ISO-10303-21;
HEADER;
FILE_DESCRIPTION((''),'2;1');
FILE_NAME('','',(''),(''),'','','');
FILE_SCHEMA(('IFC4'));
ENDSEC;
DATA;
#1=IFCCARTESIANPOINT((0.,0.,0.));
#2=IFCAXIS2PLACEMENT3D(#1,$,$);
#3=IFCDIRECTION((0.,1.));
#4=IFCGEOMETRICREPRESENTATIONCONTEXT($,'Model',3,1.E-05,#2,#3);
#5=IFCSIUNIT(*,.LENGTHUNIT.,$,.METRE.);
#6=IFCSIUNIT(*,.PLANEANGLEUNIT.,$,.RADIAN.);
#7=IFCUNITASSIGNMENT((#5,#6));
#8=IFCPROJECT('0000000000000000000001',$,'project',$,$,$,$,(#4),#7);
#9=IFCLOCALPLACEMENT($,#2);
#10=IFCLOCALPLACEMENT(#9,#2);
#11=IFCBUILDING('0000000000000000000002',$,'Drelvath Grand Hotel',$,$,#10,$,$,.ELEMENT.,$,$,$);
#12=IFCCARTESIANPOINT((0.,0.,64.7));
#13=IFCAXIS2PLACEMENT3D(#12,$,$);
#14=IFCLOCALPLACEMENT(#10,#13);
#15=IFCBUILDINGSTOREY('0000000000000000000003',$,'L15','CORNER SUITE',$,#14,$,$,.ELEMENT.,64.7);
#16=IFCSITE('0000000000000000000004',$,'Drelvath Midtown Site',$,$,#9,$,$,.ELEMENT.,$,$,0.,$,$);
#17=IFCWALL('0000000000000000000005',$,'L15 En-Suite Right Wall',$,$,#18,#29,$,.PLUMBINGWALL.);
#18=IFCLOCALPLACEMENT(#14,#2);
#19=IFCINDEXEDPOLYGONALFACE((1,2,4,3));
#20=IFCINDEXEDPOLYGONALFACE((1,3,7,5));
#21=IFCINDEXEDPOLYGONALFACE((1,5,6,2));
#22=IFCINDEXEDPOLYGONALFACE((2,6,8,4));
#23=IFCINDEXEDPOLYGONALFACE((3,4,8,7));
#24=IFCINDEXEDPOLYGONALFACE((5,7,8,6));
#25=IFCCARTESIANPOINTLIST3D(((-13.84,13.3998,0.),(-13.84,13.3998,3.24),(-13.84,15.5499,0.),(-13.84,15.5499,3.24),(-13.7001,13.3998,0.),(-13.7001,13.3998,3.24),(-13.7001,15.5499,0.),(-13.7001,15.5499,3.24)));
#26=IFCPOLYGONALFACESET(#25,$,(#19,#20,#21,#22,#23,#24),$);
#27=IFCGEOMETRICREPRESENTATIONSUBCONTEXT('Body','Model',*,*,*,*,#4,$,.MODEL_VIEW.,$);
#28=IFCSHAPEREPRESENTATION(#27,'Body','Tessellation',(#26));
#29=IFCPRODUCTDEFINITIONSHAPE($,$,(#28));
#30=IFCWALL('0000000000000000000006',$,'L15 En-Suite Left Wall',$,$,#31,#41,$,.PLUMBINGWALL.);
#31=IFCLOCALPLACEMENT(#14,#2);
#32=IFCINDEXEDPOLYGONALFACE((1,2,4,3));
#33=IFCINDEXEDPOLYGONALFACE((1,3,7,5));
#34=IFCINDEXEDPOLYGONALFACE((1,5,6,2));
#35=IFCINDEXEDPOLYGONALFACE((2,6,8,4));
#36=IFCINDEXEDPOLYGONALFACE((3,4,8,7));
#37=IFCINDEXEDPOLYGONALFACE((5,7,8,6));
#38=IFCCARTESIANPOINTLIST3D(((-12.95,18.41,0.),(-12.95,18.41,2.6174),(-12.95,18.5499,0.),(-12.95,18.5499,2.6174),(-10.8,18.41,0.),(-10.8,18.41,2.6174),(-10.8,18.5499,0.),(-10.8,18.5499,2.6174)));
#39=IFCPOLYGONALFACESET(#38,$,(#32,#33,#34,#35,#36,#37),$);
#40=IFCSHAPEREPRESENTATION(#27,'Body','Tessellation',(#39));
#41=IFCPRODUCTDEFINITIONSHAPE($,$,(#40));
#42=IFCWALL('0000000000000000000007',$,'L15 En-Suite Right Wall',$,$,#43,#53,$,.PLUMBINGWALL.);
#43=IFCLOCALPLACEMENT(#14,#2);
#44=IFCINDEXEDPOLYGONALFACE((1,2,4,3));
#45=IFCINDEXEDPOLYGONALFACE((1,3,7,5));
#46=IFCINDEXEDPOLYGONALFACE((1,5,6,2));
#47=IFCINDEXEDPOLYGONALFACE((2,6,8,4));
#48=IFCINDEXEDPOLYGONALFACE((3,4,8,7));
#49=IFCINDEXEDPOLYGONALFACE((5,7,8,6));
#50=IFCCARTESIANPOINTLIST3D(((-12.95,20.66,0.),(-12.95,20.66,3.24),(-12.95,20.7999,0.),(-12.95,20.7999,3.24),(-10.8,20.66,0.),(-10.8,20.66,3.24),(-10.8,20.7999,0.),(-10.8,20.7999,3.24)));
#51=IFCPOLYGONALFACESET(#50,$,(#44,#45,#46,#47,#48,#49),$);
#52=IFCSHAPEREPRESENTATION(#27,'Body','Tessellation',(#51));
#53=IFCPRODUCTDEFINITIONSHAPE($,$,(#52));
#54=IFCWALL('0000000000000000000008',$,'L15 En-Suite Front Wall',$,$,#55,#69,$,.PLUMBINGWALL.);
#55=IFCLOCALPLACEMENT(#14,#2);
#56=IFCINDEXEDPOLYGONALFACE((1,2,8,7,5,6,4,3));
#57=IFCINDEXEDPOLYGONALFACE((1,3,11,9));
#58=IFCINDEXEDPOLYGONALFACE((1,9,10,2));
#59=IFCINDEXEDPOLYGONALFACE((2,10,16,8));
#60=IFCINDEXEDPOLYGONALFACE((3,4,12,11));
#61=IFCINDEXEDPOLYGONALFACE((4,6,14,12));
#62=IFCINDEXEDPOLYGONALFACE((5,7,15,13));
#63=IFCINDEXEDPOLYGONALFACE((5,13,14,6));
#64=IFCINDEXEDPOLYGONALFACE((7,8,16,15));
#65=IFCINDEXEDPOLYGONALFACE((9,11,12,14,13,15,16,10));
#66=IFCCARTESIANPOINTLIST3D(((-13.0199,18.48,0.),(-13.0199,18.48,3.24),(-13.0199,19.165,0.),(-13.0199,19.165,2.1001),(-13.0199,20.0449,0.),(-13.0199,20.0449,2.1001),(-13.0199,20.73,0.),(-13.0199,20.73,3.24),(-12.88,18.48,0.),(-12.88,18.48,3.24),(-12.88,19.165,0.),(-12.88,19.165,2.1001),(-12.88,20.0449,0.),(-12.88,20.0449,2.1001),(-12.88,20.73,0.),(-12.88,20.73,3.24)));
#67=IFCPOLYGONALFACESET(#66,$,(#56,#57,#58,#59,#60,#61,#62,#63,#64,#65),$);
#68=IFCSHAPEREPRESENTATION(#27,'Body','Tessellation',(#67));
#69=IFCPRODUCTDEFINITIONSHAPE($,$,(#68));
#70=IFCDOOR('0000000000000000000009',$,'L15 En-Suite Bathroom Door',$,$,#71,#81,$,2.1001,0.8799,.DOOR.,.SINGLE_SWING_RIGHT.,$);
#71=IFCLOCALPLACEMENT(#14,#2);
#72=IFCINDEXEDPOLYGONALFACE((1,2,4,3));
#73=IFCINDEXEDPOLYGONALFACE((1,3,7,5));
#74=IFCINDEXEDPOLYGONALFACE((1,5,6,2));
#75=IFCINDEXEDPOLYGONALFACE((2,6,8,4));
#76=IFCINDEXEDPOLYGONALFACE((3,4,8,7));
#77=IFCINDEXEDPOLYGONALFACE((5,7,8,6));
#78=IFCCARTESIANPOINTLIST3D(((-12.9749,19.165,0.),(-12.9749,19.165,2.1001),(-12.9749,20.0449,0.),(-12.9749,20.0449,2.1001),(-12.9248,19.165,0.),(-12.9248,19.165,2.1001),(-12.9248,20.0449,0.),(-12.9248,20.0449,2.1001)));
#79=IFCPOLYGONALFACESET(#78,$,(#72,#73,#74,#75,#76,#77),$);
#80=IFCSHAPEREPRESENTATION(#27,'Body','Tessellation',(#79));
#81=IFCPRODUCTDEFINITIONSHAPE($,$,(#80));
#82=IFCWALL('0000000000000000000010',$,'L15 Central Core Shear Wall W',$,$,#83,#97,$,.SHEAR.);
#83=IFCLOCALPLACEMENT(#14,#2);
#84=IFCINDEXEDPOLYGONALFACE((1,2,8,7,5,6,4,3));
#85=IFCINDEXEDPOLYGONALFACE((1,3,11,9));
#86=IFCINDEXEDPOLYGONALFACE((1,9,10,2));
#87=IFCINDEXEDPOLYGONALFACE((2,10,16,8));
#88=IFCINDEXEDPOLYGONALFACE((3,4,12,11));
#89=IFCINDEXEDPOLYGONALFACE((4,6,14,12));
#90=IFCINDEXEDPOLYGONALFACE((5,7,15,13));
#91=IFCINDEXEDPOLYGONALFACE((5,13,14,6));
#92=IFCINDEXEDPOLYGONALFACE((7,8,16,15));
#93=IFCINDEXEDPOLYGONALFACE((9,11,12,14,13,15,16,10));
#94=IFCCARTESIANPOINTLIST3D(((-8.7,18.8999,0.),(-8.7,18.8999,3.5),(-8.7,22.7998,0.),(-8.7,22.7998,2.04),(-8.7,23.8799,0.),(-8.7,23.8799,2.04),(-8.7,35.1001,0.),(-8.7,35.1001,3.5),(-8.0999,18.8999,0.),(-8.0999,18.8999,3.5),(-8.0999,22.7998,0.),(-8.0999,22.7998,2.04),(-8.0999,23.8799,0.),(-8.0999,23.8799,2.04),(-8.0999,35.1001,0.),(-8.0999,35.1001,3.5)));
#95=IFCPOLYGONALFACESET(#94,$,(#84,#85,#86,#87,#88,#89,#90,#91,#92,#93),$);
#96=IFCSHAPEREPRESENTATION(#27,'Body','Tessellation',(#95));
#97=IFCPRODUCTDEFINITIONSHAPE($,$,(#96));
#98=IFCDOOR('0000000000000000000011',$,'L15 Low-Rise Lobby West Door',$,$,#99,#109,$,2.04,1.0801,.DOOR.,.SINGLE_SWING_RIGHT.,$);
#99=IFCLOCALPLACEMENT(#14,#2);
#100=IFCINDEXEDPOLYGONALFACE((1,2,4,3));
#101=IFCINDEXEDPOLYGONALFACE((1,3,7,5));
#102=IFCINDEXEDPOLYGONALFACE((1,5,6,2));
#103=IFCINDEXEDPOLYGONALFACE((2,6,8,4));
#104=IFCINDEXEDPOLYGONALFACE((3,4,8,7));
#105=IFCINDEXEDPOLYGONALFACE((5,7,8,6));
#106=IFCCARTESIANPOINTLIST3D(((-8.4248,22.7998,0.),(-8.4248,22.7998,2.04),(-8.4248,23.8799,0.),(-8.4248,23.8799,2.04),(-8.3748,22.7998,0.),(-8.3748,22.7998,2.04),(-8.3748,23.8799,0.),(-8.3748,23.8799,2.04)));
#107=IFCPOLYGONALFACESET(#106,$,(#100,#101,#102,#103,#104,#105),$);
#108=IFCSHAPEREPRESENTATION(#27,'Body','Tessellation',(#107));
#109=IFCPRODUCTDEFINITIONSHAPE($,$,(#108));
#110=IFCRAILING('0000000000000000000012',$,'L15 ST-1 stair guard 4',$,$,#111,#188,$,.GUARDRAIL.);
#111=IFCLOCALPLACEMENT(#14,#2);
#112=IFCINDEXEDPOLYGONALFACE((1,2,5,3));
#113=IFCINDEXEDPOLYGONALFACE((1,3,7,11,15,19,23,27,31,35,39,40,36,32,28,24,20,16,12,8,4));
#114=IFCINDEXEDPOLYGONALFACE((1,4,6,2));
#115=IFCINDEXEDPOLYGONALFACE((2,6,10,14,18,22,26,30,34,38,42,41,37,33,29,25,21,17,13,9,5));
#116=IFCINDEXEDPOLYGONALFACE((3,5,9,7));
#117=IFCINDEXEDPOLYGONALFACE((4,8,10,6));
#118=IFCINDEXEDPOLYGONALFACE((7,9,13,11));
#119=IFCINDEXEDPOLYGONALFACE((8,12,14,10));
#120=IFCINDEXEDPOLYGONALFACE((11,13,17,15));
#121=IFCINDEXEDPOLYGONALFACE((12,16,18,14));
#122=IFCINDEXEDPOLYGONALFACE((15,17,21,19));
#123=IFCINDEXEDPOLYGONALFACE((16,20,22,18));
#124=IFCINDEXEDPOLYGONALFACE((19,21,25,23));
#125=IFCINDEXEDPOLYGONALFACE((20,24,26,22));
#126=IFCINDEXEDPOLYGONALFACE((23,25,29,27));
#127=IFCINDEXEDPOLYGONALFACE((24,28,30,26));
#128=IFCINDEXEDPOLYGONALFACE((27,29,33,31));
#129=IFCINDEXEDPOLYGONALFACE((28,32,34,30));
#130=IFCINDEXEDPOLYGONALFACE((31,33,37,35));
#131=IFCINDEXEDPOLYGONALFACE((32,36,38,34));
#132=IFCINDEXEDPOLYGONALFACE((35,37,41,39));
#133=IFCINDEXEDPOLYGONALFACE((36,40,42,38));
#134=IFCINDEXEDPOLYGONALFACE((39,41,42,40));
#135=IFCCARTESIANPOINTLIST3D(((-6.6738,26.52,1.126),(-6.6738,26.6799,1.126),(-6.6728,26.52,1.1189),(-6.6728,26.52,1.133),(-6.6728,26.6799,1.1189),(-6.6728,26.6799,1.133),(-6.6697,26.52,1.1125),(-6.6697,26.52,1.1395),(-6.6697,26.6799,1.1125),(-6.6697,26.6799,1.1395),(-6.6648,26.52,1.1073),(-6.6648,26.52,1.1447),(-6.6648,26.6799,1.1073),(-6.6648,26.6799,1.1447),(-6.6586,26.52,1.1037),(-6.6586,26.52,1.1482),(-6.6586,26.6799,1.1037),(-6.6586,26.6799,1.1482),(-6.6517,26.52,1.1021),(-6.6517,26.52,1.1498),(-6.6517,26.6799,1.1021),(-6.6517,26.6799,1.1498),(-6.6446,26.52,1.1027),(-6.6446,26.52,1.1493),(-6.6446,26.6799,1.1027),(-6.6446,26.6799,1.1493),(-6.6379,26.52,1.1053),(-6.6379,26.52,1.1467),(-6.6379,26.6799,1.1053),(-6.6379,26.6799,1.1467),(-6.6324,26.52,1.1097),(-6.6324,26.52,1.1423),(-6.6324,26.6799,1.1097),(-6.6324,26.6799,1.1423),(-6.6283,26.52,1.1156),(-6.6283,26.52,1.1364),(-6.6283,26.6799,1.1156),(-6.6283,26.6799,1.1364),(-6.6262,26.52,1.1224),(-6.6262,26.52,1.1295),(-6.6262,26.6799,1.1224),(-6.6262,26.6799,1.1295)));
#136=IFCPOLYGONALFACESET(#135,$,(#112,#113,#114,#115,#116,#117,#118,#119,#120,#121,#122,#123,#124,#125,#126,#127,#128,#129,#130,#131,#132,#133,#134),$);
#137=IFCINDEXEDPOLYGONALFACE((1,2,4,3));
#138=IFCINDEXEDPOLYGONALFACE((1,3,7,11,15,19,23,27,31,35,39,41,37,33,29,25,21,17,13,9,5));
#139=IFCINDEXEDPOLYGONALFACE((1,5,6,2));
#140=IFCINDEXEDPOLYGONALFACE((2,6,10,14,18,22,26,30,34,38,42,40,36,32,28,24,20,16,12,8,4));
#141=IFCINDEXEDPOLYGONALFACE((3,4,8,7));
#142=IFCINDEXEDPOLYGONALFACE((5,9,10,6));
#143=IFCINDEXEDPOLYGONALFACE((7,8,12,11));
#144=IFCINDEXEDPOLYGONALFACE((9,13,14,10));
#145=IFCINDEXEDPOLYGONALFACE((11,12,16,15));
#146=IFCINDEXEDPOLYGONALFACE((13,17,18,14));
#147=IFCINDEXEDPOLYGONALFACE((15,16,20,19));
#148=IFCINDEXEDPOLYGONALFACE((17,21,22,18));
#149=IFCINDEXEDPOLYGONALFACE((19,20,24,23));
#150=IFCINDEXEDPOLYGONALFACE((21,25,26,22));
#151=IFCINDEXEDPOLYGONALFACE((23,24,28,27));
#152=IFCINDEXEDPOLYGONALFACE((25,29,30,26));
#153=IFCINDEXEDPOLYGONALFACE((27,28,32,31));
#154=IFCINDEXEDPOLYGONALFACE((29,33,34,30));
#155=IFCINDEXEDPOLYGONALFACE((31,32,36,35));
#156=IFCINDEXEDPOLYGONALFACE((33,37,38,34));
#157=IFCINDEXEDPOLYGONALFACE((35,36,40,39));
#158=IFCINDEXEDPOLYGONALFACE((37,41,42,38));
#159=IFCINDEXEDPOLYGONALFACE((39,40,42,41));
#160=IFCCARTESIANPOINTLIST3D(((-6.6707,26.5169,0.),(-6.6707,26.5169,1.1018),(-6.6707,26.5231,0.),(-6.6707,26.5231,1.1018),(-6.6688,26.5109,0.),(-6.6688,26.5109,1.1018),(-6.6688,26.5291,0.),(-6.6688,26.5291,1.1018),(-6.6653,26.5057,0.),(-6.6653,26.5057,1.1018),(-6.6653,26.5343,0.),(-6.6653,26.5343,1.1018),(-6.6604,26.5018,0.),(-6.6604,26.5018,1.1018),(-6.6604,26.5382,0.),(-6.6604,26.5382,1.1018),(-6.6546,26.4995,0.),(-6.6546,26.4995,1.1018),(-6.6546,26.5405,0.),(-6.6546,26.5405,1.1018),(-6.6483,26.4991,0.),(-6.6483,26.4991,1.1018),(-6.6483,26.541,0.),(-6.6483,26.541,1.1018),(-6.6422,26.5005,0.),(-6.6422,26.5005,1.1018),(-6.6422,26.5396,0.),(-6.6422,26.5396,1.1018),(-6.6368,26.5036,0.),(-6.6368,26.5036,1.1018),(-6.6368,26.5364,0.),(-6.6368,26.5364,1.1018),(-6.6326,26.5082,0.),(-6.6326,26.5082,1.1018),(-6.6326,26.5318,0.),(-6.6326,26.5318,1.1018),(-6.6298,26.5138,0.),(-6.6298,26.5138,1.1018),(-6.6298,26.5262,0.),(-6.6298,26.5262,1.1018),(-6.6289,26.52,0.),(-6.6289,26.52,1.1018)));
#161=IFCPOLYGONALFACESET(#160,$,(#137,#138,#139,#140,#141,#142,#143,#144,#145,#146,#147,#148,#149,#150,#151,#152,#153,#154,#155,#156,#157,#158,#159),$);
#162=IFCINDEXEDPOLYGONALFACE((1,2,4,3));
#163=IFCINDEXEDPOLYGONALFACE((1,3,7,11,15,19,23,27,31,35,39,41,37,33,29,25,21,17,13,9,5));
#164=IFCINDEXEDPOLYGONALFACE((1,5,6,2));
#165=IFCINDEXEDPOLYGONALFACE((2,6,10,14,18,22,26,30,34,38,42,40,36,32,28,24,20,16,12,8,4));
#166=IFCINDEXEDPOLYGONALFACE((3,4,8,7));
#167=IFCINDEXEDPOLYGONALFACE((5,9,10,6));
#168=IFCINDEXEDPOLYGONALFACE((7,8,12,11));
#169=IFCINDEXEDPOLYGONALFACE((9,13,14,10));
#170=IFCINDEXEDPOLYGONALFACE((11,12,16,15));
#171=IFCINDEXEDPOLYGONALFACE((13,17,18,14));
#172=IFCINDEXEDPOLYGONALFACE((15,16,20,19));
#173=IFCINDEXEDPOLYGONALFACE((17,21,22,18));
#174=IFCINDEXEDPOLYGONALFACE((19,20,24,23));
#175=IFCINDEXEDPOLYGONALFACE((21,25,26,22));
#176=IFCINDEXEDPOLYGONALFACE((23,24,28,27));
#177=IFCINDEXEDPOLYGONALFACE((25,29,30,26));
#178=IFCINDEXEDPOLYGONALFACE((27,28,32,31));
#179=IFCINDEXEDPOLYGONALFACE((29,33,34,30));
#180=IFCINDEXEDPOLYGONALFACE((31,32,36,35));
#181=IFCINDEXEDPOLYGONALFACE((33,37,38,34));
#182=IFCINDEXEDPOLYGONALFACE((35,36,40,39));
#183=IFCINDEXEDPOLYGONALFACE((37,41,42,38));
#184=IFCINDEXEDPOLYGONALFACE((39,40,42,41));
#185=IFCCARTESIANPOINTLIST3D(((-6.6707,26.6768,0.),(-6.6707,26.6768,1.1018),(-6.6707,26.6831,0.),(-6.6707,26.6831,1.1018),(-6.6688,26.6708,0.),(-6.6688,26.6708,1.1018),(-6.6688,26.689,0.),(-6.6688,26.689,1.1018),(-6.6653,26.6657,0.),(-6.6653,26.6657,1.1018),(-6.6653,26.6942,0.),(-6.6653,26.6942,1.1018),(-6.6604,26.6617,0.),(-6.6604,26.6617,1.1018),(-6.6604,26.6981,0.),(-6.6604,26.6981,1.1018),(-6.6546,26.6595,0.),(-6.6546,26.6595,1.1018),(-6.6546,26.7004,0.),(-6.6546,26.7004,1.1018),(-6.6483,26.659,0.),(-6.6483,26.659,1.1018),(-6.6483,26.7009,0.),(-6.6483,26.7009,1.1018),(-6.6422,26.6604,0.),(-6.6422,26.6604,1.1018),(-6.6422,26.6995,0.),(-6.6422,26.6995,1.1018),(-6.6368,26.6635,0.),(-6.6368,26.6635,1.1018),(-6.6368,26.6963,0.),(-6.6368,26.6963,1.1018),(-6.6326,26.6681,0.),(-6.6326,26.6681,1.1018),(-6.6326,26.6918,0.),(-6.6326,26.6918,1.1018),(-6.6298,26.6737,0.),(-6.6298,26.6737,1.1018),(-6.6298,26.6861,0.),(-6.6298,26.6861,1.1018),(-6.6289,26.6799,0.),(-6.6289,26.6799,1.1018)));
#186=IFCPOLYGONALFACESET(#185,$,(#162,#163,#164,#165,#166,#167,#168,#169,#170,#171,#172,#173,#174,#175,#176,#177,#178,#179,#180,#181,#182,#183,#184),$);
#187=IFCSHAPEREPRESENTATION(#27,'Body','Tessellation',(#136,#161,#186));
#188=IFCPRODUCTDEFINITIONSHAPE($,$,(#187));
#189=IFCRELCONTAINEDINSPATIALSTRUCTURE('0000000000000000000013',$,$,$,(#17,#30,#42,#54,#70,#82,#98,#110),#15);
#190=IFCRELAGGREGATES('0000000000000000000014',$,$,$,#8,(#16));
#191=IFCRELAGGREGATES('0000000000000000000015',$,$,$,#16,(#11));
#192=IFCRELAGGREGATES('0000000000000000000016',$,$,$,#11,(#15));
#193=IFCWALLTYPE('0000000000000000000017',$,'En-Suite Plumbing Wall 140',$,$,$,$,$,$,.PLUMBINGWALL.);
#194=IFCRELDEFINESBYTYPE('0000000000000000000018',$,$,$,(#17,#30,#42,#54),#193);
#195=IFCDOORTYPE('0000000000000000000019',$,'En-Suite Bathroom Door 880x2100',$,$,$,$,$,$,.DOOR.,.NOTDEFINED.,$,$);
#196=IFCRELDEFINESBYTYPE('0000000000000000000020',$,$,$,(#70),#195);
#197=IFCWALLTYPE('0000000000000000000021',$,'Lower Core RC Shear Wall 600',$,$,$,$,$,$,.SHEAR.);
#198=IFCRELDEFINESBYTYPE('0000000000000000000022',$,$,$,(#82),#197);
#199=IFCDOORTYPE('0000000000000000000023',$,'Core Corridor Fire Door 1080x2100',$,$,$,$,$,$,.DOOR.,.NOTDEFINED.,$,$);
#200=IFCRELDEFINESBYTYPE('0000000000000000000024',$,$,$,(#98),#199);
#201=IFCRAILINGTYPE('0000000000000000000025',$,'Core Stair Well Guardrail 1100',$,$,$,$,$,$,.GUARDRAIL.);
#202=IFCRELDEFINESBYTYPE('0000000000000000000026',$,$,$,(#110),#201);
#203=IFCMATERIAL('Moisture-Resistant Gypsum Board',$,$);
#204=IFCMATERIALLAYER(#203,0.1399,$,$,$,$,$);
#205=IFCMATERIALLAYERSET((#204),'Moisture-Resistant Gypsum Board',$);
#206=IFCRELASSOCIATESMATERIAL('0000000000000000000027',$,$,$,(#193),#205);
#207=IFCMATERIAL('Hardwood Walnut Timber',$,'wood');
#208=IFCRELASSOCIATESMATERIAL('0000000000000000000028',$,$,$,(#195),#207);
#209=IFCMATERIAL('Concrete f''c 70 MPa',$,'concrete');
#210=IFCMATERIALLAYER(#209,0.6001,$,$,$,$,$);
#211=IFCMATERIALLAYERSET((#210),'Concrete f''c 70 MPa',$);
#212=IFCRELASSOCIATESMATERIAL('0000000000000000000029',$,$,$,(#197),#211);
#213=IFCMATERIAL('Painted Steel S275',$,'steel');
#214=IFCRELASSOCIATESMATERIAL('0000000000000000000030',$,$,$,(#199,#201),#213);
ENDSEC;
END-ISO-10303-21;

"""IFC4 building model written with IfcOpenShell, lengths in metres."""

from ifc_helpers import new_model, si_unit, direction, frame, frame_2d, origin, origin_2d, place, context, subcontext, project, spatial, rectangle, circle, extrude, material, layer, layer_set, type_object, element, fill, save


model = new_model("IFC4")

# Units and contexts
model_context = context("Model", 3, precision=1e-05, world=origin(), true_north=direction((0.0, 1.0)))
body_context = subcontext(model_context, "Body", "Model", "MODEL_VIEW")
ifc_project = project(units=[si_unit("LENGTHUNIT", "METRE"), si_unit("PLANEANGLEUNIT", "RADIAN")], contexts=[model_context])

# Site, building, storey
site_placement = place(None, origin())
site = spatial("IfcSite", under=ifc_project, at=site_placement, Name="Drelvath Midtown Site", CompositionType="ELEMENT", RefElevation=0.0)
building_placement = place(site_placement, origin())
building = spatial("IfcBuilding", under=site, at=building_placement, Name="Drelvath Grand Hotel", CompositionType="ELEMENT")
storey_placement = place(building_placement, frame((0.0, 0.0, 64.7)))
storey = spatial("IfcBuildingStorey", under=building, at=storey_placement, Name="L15", Description="CORNER SUITE", CompositionType="ELEMENT", Elevation=64.7)

# Shared definitions
ifc_material_1 = material(Name="Concrete f'c 70 MPa", Category="concrete")

# Shared definitions
ifc_material_2 = material(Name="Painted Steel S275", Category="steel")

# Shared definitions
ifc_material_3 = material(Name="Hardwood Walnut Timber", Category="wood")

# Walls
ifc_material_4 = material(Name="Moisture-Resistant Gypsum Board")
ifc_layer_1 = layer(ifc_material_4, 0.1399)
ifc_layer_set_1 = layer_set([ifc_layer_1], Name="Moisture-Resistant Gypsum Board")
wall_type_1 = type_object("IfcWallType", Name="En-Suite Plumbing Wall 140", PredefinedType="PLUMBINGWALL", material=ifc_layer_set_1)
wall_1_placement = place(storey_placement, frame((-13.77, 15.55, 0.0), z_axis=(0.0, 0.0, 1.0), x_axis=(0.0, -1.0, 0.0)))
element("IfcWall", 1, at=wall_1_placement, inside=storey, type_object=wall_type_1, Name="L15 En-Suite Right Wall", PredefinedType="PLUMBINGWALL", context=body_context, shape_type="SweptSolid", body=[
    extrude(rectangle(XDim=2.1501, YDim=0.1399, at=frame_2d((1.0752, 0.0))), origin(), (0.0, 0.0, 1.0), 3.24),
])
wall_2_placement = place(storey_placement, frame((-10.8, 18.48, 0.0), z_axis=(0.0, 0.0, 1.0), x_axis=(-1.0, 0.0, 0.0)))
element("IfcWall", 2, at=wall_2_placement, inside=storey, type_object=wall_type_1, Name="L15 En-Suite Left Wall", PredefinedType="PLUMBINGWALL", context=body_context, shape_type="SweptSolid", body=[
    extrude(rectangle(XDim=2.1499, YDim=0.1399, at=frame_2d((1.075, 0.0))), origin(), (0.0, 0.0, 1.0), 2.6174),
])
wall_3_placement = place(storey_placement, frame((-10.8, 20.73, 0.0), z_axis=(0.0, 0.0, 1.0), x_axis=(-1.0, 0.0, 0.0)))
element("IfcWall", 3, at=wall_3_placement, inside=storey, type_object=wall_type_1, Name="L15 En-Suite Right Wall", PredefinedType="PLUMBINGWALL", context=body_context, shape_type="SweptSolid", body=[
    extrude(rectangle(XDim=2.1499, YDim=0.1399, at=frame_2d((1.075, 0.0))), origin(), (0.0, 0.0, 1.0), 3.24),
])

# Walls, openings, doors
wall_4_placement = place(storey_placement, frame((-12.95, 18.48, 0.0), z_axis=(0.0, 0.0, 1.0), x_axis=(0.0, 1.0, 0.0)))
wall_4 = element("IfcWall", 4, at=wall_4_placement, inside=storey, type_object=wall_type_1, Name="L15 En-Suite Front Wall", PredefinedType="PLUMBINGWALL", context=body_context, shape_type="SweptSolid", body=[
    extrude(rectangle(XDim=2.25, YDim=0.1399, at=frame_2d((1.125, 0.0))), origin(), (0.0, 0.0, 1.0), 3.24),
])
opening_1_placement = place(wall_4_placement, frame((0.6851, 0.0, 0.0)))
opening_1 = element("IfcOpeningElement", 5, at=opening_1_placement, cuts=wall_4, PredefinedType="OPENING", context=body_context, shape_type="SweptSolid", body=[
    extrude(rectangle(XDim=0.8799, YDim=2.1001, at=frame_2d((0.4399, 1.05))), frame((0.0, 0.0798, 0.0), z_axis=(0.0, -1.0, 0.0), x_axis=(1.0, 0.0, 0.0)), (0.0, 0.0, 1.0), 0.1599),
])
door_type_1 = type_object("IfcDoorType", Name="En-Suite Bathroom Door 880x2100", OperationType="NOTDEFINED", PredefinedType="DOOR", material=ifc_material_3)
door_1_placement = place(opening_1_placement, origin())
door_1 = element("IfcDoor", 6, at=door_1_placement, inside=storey, type_object=door_type_1, Name="L15 En-Suite Bathroom Door", OperationType="SINGLE_SWING_RIGHT", OverallHeight=2.1001, OverallWidth=0.8799, PredefinedType="DOOR", context=body_context, shape_type="SweptSolid", body=[
    extrude(rectangle(XDim=0.8799, YDim=2.1001, at=frame_2d((0.4399, 1.05))), frame((0.0, 0.0249, 0.0), z_axis=(0.0, -1.0, 0.0), x_axis=(1.0, 0.0, 0.0)), (0.0, 0.0, 1.0), 0.05),
])
fill(opening_1, door_1)
ifc_layer_2 = layer(ifc_material_1, 0.6001)
ifc_layer_set_2 = layer_set([ifc_layer_2], Name="Concrete f'c 70 MPa")
wall_type_2 = type_object("IfcWallType", Name="Lower Core RC Shear Wall 600", PredefinedType="SHEAR", material=ifc_layer_set_2)
wall_5_placement = place(storey_placement, frame((-8.3999, 18.8999, 0.0), z_axis=(0.0, 0.0, 1.0), x_axis=(0.0, 1.0, 0.0)))
wall_5 = element("IfcWall", 7, at=wall_5_placement, inside=storey, type_object=wall_type_2, Name="L15 Central Core Shear Wall W", PredefinedType="SHEAR", context=body_context, shape_type="SweptSolid", body=[
    extrude(rectangle(XDim=16.2002, YDim=0.6001, at=frame_2d((8.1001, 0.0))), origin(), (0.0, 0.0, 1.0), 3.5),
])
opening_2_placement = place(wall_5_placement, frame((3.8999, 0.0, 0.0)))
opening_2 = element("IfcOpeningElement", 8, at=opening_2_placement, cuts=wall_5, PredefinedType="OPENING", context=body_context, shape_type="SweptSolid", body=[
    extrude(rectangle(XDim=1.0801, YDim=2.04, at=frame_2d((0.54, 1.02))), frame((0.0, 0.3101, 0.0), z_axis=(0.0, -1.0, 0.0), x_axis=(1.0, 0.0, 0.0)), (0.0, 0.0, 1.0), 0.6201),
])
door_type_2 = type_object("IfcDoorType", Name="Core Corridor Fire Door 1080x2100", OperationType="NOTDEFINED", PredefinedType="DOOR", material=ifc_material_2)
door_2_placement = place(opening_2_placement, origin())
door_2 = element("IfcDoor", 9, at=door_2_placement, inside=storey, type_object=door_type_2, Name="L15 Low-Rise Lobby West Door", OperationType="SINGLE_SWING_RIGHT", OverallHeight=2.04, OverallWidth=1.0801, PredefinedType="DOOR", context=body_context, shape_type="SweptSolid", body=[
    extrude(rectangle(XDim=1.0801, YDim=2.04, at=frame_2d((0.54, 1.02))), frame((0.0, 0.0249, 0.0), z_axis=(0.0, -1.0, 0.0), x_axis=(1.0, 0.0, 0.0)), (0.0, 0.0, 1.0), 0.05),
])
fill(opening_2, door_2)

# Railing
railing_type = type_object("IfcRailingType", Name="Core Stair Well Guardrail 1100", PredefinedType="GUARDRAIL", material=ifc_material_2)
railing_placement = place(storey_placement, frame((-6.6499, 26.52, 0.0)))
element("IfcRailing", 10, at=railing_placement, inside=storey, type_object=railing_type, Name="L15 ST-1 stair guard 4", PredefinedType="GUARDRAIL", context=body_context, shape_type="SweptSolid", body=[
    extrude(circle(Radius=0.0239, at=origin_2d()), frame((0.0, 0.0, 1.126), z_axis=(0.0, 1.0, 0.0), x_axis=(-1.0, 0.0, 0.0)), (0.0, 0.0, 1.0), 0.1599),
    extrude(circle(Radius=0.021, at=origin_2d()), origin(), (0.0, 0.0, 1.0), 1.1018),
    extrude(circle(Radius=0.021, at=origin_2d()), frame((0.0, 0.1599, 0.0)), (0.0, 0.0, 1.0), 1.1018),
])

save(model, "model.ifc")
